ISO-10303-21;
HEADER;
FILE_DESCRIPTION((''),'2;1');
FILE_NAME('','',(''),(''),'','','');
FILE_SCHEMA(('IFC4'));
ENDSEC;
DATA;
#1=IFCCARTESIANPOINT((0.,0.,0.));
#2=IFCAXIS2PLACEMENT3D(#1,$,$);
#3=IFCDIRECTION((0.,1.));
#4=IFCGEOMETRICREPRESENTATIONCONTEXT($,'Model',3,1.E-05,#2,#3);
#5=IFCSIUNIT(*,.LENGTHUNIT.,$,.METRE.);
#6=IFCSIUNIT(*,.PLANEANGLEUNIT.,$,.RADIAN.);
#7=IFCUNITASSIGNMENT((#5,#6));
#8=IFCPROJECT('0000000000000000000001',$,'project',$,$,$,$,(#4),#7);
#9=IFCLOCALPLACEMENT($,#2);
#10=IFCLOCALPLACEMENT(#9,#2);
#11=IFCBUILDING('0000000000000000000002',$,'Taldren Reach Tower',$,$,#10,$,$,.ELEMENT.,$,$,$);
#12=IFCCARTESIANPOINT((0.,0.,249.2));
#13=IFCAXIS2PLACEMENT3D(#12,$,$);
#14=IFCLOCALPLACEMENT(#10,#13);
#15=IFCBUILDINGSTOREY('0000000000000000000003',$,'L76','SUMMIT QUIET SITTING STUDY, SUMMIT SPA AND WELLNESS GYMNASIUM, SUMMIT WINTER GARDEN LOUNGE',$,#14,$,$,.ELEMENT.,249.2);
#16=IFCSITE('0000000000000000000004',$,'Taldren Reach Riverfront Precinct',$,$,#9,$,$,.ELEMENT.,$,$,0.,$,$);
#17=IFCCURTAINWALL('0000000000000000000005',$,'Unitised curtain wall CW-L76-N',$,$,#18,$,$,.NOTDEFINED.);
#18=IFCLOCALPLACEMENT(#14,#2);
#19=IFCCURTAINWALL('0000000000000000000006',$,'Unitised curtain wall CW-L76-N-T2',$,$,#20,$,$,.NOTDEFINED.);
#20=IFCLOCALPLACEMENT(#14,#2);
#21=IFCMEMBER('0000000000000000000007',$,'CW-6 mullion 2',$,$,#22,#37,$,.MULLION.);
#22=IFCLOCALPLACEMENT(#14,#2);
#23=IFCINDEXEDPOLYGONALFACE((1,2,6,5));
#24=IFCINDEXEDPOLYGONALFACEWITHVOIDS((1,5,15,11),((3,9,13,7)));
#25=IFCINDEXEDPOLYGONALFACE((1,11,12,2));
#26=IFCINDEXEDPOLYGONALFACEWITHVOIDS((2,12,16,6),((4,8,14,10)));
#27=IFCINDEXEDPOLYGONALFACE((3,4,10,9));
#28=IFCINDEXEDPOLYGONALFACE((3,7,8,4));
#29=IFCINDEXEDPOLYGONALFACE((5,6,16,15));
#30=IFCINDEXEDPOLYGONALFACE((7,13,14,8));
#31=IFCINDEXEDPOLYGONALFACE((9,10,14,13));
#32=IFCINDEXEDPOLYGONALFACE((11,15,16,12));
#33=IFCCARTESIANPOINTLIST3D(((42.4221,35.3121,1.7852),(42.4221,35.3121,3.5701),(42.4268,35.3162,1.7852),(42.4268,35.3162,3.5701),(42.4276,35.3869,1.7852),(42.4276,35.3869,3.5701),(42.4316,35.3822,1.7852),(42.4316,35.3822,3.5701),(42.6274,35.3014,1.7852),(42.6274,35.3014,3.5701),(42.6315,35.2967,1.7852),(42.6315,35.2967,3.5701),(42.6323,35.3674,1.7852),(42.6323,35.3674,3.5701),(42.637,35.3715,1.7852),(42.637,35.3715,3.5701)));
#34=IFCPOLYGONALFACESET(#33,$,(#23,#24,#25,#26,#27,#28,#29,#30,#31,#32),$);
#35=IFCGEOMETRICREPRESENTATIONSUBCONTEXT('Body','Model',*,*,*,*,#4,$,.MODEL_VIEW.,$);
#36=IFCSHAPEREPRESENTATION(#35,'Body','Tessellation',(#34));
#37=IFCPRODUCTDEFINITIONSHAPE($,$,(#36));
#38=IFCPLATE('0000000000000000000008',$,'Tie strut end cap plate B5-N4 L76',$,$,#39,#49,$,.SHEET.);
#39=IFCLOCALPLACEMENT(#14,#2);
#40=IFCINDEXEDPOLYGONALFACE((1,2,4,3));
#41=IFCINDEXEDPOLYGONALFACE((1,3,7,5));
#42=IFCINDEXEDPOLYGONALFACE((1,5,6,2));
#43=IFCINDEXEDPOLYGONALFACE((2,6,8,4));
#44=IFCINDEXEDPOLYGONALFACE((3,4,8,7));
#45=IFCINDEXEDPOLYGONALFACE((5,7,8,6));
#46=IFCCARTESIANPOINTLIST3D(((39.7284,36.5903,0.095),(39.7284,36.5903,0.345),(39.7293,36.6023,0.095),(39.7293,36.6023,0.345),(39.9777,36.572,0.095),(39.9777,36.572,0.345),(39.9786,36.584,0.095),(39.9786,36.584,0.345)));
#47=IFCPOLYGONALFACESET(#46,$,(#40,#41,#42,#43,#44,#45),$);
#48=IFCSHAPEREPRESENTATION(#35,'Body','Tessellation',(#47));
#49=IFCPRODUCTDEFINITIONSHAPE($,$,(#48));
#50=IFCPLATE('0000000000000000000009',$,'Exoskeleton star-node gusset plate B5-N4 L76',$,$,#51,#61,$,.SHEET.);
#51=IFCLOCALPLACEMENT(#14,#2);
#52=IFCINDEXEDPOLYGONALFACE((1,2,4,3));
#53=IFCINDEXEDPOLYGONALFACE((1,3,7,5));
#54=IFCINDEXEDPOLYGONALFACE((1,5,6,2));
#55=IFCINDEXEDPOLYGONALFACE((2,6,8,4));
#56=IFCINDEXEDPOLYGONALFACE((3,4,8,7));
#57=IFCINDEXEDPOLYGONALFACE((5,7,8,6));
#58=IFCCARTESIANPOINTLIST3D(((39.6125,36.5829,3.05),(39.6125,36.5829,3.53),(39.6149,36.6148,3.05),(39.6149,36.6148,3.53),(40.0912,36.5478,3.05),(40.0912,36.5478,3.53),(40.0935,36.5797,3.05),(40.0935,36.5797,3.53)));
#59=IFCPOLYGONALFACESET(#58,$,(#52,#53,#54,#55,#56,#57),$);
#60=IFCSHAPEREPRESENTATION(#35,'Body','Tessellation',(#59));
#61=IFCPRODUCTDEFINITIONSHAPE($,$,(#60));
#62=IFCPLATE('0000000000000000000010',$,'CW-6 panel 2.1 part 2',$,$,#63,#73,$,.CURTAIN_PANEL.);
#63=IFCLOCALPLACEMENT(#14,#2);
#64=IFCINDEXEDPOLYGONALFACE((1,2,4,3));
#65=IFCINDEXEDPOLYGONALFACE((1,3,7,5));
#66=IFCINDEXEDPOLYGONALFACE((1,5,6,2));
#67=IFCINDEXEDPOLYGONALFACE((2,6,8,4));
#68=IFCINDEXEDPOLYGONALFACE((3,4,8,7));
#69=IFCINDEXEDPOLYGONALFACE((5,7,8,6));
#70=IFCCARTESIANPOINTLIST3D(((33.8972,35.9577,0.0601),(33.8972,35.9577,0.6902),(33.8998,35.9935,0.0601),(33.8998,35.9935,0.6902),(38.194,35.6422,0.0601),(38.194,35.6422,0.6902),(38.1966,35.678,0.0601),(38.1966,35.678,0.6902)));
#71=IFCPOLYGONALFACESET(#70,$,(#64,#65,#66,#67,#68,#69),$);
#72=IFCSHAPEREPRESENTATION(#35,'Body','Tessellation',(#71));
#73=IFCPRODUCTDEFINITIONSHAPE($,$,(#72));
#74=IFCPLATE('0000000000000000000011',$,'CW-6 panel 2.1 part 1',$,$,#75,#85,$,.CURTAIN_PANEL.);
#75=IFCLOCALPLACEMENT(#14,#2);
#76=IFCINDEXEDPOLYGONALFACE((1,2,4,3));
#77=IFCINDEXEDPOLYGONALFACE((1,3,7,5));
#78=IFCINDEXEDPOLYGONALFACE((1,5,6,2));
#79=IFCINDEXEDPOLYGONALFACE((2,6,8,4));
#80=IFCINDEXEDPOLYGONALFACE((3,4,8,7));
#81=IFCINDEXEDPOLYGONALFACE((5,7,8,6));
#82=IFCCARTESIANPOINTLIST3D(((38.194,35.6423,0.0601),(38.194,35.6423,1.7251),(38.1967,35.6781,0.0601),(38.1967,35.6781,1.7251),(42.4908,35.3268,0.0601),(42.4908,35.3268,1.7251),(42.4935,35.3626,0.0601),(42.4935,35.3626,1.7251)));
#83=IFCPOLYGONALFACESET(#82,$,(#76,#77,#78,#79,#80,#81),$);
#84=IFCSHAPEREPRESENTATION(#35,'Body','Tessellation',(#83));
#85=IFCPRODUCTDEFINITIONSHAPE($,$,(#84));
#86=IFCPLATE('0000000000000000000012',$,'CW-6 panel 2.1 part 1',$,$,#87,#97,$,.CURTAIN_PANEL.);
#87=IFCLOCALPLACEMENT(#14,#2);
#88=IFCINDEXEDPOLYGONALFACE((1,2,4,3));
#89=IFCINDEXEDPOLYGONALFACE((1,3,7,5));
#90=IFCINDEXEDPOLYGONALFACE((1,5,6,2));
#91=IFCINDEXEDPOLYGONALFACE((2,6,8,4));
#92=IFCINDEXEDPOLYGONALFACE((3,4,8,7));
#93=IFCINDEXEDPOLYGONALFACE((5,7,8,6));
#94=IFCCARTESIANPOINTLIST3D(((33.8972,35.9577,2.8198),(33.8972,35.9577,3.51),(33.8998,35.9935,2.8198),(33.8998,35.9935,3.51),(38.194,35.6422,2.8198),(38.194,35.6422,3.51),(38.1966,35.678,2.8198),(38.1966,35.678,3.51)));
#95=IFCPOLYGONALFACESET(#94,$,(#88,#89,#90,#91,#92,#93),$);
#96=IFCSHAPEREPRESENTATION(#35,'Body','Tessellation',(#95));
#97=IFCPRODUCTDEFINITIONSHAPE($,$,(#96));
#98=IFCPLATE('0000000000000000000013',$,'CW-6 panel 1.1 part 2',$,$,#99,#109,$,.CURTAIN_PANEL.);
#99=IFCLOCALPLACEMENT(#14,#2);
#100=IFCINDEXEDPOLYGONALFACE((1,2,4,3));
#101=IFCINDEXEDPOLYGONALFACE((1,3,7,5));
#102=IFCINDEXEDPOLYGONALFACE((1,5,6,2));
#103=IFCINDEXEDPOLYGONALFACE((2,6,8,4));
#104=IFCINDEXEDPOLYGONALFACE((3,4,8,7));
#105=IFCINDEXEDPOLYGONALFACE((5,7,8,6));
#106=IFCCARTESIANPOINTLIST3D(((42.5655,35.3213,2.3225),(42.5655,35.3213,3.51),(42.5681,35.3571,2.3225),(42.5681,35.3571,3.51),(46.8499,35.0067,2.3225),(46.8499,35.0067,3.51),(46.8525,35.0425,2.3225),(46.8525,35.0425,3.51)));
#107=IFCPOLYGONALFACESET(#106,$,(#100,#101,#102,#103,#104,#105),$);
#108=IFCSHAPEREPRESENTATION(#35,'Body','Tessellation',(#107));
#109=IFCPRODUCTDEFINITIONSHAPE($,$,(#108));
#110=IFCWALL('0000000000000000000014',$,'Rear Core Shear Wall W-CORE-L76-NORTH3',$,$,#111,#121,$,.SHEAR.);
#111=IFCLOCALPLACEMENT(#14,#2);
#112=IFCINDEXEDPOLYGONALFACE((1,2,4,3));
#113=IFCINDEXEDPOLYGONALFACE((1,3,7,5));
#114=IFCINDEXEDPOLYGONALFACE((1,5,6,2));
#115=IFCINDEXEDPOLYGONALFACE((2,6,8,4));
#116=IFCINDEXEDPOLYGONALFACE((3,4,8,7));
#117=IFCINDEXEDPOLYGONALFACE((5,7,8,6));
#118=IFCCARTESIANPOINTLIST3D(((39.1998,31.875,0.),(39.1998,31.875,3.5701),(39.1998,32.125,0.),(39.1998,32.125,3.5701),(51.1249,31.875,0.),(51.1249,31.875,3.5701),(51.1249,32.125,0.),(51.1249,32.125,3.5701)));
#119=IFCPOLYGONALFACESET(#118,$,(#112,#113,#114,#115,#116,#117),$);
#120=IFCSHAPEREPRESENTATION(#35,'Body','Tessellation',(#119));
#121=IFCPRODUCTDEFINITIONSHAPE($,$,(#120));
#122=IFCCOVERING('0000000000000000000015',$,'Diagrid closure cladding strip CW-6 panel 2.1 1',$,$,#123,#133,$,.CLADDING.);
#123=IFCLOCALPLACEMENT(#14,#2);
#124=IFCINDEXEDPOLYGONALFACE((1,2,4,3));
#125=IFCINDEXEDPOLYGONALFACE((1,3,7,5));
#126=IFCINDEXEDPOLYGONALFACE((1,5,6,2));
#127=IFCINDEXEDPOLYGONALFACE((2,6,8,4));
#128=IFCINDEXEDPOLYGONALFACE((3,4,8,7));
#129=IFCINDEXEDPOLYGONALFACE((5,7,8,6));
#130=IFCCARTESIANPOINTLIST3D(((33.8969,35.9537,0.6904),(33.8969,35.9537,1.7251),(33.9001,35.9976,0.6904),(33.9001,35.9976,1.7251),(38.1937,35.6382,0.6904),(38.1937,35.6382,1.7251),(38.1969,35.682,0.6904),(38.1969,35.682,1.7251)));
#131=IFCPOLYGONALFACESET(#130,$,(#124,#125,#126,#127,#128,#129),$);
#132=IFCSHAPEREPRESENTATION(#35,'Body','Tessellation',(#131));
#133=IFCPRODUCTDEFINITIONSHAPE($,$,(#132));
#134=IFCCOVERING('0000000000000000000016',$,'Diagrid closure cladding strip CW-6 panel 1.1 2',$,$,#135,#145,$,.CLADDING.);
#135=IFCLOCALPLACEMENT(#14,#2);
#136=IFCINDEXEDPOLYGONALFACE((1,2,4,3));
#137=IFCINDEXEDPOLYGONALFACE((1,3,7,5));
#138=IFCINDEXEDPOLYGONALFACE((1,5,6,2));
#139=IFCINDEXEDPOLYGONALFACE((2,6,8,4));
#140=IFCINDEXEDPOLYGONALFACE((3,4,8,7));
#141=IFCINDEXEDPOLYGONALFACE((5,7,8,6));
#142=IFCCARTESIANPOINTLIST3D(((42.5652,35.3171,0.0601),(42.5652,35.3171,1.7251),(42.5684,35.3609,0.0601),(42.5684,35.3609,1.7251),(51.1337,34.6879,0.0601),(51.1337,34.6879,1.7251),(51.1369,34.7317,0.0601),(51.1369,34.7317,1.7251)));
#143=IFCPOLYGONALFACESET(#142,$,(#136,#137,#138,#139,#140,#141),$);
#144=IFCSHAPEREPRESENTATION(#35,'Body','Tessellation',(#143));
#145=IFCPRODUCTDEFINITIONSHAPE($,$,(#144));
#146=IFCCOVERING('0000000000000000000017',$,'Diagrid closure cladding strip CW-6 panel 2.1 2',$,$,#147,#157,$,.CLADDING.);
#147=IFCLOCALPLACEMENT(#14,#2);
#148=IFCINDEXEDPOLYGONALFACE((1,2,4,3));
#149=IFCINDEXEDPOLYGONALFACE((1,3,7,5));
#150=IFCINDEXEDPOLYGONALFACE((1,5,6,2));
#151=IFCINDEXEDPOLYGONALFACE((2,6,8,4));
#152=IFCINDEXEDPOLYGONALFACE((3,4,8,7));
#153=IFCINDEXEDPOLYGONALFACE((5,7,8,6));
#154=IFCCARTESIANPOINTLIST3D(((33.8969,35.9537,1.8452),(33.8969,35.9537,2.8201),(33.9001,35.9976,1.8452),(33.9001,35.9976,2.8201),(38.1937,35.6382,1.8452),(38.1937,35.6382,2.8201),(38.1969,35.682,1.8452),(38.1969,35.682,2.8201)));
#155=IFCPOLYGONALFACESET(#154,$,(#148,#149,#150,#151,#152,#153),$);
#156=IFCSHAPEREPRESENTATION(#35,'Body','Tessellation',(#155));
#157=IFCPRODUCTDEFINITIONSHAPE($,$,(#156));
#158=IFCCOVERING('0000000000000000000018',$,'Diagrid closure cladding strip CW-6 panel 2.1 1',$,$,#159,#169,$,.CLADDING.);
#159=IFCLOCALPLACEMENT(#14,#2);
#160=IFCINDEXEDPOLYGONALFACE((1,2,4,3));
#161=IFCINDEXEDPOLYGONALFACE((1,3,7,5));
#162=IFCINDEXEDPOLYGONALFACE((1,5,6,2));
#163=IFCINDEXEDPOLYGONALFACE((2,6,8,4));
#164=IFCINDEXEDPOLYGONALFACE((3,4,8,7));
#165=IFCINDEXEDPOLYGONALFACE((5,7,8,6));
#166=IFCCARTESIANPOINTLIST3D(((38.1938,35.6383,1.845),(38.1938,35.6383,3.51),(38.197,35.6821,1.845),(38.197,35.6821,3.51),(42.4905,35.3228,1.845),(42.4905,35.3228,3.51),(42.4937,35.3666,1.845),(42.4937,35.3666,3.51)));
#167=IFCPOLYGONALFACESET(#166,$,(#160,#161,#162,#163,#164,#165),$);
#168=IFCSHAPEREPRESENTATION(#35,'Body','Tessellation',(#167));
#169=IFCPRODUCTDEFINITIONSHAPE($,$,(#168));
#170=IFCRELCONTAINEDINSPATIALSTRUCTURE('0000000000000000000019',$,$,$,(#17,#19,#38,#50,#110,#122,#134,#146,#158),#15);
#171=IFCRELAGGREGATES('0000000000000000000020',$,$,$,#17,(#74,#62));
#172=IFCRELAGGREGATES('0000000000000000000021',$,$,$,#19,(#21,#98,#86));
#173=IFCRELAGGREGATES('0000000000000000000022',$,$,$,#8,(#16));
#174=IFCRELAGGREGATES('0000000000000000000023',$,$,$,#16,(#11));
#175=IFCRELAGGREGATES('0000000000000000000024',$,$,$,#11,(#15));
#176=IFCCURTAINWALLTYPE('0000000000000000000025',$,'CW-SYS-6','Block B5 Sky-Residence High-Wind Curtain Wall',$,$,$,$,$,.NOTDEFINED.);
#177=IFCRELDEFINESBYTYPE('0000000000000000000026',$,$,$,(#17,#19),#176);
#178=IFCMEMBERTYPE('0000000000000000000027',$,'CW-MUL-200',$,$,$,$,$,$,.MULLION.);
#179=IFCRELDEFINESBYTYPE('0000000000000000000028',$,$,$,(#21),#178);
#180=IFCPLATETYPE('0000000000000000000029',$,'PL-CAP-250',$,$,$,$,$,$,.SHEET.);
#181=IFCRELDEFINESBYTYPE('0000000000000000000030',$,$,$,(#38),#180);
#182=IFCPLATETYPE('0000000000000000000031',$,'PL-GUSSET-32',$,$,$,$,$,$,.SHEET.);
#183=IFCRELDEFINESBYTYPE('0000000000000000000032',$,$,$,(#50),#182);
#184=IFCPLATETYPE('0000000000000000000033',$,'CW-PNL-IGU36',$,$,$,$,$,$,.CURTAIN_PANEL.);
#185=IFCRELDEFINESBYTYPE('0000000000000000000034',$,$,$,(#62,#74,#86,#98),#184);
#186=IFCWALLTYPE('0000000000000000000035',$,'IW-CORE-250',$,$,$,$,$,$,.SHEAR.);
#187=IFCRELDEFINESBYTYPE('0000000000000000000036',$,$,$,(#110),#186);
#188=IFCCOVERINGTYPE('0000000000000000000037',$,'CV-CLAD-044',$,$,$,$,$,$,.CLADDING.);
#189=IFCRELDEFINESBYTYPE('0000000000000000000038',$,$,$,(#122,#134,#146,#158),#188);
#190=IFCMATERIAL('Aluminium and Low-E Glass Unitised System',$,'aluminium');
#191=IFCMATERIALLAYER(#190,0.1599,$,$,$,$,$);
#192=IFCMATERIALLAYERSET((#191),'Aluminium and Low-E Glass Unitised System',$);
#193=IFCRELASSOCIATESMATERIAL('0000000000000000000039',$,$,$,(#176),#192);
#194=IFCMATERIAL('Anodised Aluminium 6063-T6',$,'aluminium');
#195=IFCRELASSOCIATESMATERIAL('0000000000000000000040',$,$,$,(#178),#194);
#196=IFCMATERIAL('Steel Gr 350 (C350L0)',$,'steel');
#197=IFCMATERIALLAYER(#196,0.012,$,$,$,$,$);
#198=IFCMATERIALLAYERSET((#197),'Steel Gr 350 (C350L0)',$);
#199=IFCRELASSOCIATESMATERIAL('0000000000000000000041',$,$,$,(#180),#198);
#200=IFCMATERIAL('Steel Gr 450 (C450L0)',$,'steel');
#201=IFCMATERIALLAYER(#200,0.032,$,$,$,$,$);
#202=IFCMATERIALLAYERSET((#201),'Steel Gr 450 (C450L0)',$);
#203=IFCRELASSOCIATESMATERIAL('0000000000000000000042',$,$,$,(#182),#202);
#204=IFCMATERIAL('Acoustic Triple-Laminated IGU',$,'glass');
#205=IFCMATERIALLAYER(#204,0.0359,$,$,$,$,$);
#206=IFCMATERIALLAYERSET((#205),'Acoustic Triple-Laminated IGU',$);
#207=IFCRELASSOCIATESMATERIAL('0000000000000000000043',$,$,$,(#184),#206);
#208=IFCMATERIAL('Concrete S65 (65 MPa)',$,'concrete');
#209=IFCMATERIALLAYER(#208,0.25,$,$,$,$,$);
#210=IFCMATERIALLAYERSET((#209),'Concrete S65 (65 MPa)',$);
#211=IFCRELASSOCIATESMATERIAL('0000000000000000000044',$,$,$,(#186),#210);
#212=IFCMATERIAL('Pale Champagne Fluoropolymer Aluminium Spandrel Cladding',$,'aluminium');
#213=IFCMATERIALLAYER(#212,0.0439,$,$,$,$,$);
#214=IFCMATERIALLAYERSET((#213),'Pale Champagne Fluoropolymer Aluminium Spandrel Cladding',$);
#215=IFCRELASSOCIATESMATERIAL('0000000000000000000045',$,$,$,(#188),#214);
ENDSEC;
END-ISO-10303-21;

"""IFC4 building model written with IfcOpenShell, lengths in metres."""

from ifc_helpers import new_model, si_unit, direction, frame, frame_2d, origin, origin_2d, place, context, subcontext, project, spatial, rectangle, hollow_rectangle, extrude, source, transform, mapped, material, layer, layer_set, material_profile, profile_set, type_object, element, aggregate, save


model = new_model("IFC4")

# Units and contexts
model_context = context("Model", 3, precision=1e-05, world=origin(), true_north=direction((0.0, 1.0)))
body_context = subcontext(model_context, "Body", "Model", "MODEL_VIEW")
ifc_project = project(units=[si_unit("LENGTHUNIT", "METRE"), si_unit("PLANEANGLEUNIT", "RADIAN")], contexts=[model_context])

# Site, building, storey
site_placement = place(None, origin())
site = spatial("IfcSite", under=ifc_project, at=site_placement, Name="Taldren Reach Riverfront Precinct", CompositionType="ELEMENT", RefElevation=0.0)
building_placement = place(site_placement, origin())
building = spatial("IfcBuilding", under=site, at=building_placement, Name="Taldren Reach Tower", CompositionType="ELEMENT")
storey_placement = place(building_placement, frame((0.0, 0.0, 249.2)))
storey = spatial("IfcBuildingStorey", under=building, at=storey_placement, Name="L76", Description="SUMMIT QUIET SITTING STUDY, SUMMIT SPA AND WELLNESS GYMNASIUM, SUMMIT WINTER GARDEN LOUNGE", CompositionType="ELEMENT", Elevation=249.2)

# Shared definitions
ifc_material_1 = material(Name="Steel Gr 350 (C350L0)", Category="steel")

# Shared definitions
ifc_material_2 = material(Name="Steel Gr 450 (C450L0)", Category="steel")

# Curtain walls
ifc_material_3 = material(Name="Aluminium and Low-E Glass Unitised System", Category="aluminium")
ifc_layer_1 = layer(ifc_material_3, 0.1599)
ifc_layer_set_1 = layer_set([ifc_layer_1], Name="Aluminium and Low-E Glass Unitised System")
curtain_wall_type = type_object("IfcCurtainWallType", Name="CW-SYS-6", Description="Block B5 Sky-Residence High-Wind Curtain Wall", PredefinedType="NOTDEFINED", material=ifc_layer_set_1)
curtain_wall_1_placement = place(storey_placement, origin())
curtain_wall_1 = element("IfcCurtainWall", 1, at=curtain_wall_1_placement, inside=storey, type_object=curtain_wall_type, Name="Unitised curtain wall CW-L76-N", PredefinedType="NOTDEFINED")
ifc_material_4 = material(Name="Anodised Aluminium 6063-T6", Category="aluminium")
curtain_wall_2_placement = place(storey_placement, origin())
curtain_wall_2 = element("IfcCurtainWall", 2, at=curtain_wall_2_placement, inside=storey, type_object=curtain_wall_type, Name="Unitised curtain wall CW-L76-N-T2", PredefinedType="NOTDEFINED")

# Member
ifc_material_profile_1 = material_profile(ifc_material_4, hollow_rectangle(XDim=0.075, YDim=0.21, WallThickness=0.0044, at=origin_2d()), Name="ALU-210x75x4.5RHS")
ifc_profile_set_1 = profile_set([ifc_material_profile_1], Name="Anodised Aluminium 6063-T6")
member_type_1 = type_object("IfcMemberType", Name="CW-MUL-200", PredefinedType="MULLION", material=ifc_profile_set_1)
shared_shape_1 = source(origin(), body_context, "Body", "SweptSolid", [
    extrude(hollow_rectangle(XDim=0.075, YDim=0.21, WallThickness=0.0044, at=origin_2d()), origin(), (0.0, 0.0, 1.0), 1.7849),
])
member_1_placement = place(storey_placement, frame((42.5295, 35.3418, 1.7852), z_axis=(0.0, 0.0, 1.0), x_axis=(-0.073238, -0.997314, 0.0)))
member_1 = element("IfcMember", 3, at=member_1_placement, type_object=member_type_1, Name="CW-6 mullion 2", PredefinedType="MULLION", context=body_context, shape_type="MappedRepresentation", body=[
    mapped(shared_shape_1, transform((0.0, 0.0, 0.0), scale=1.0)),
])

# Plates
ifc_layer_2 = layer(ifc_material_1, 0.012)
ifc_layer_set_2 = layer_set([ifc_layer_2], Name="Steel Gr 350 (C350L0)")
plate_type_1 = type_object("IfcPlateType", Name="PL-CAP-250", PredefinedType="SHEET", material=ifc_layer_set_2)
shared_shape_2 = source(origin(), body_context, "Body", "SweptSolid", [
    extrude(rectangle(XDim=0.25, YDim=0.012, at=origin_2d()), origin(), (0.0, 0.0, 1.0), 0.25),
])
plate_1_placement = place(storey_placement, frame((39.8535, 36.5872, 0.095), z_axis=(0.0, 0.0, 1.0), x_axis=(0.997314, -0.073238, 0.0)))
element("IfcPlate", 4, at=plate_1_placement, inside=storey, type_object=plate_type_1, Name="Tie strut end cap plate B5-N4 L76", PredefinedType="SHEET", context=body_context, shape_type="MappedRepresentation", body=[
    mapped(shared_shape_2, transform((0.0, 0.0, 0.0), scale=1.0)),
])
ifc_layer_3 = layer(ifc_material_2, 0.032)
ifc_layer_set_3 = layer_set([ifc_layer_3], Name="Steel Gr 450 (C450L0)")
plate_type_2 = type_object("IfcPlateType", Name="PL-GUSSET-32", PredefinedType="SHEET", material=ifc_layer_set_3)
shared_shape_3 = source(origin(), body_context, "Body", "SweptSolid", [
    extrude(rectangle(XDim=0.48, YDim=0.032, at=origin_2d()), origin(), (0.0, 0.0, 1.0), 0.48),
])
plate_2_placement = place(storey_placement, frame((39.853, 36.5813, 3.05), z_axis=(0.0, 0.0, 1.0), x_axis=(0.997314, -0.073238, 0.0)))
element("IfcPlate", 5, at=plate_2_placement, inside=storey, type_object=plate_type_2, Name="Exoskeleton star-node gusset plate B5-N4 L76", PredefinedType="SHEET", context=body_context, shape_type="MappedRepresentation", body=[
    mapped(shared_shape_3, transform((0.0, 0.0, 0.0), scale=1.0)),
])

# Plates
ifc_material_5 = material(Name="Acoustic Triple-Laminated IGU", Category="glass")
ifc_layer_4 = layer(ifc_material_5, 0.0359)
ifc_layer_set_4 = layer_set([ifc_layer_4], Name="Acoustic Triple-Laminated IGU")
plate_type_3 = type_object("IfcPlateType", Name="CW-PNL-IGU36", PredefinedType="CURTAIN_PANEL", material=ifc_layer_set_4)
shared_shape_4 = source(origin(), body_context, "Body", "SweptSolid", [
    extrude(rectangle(XDim=4.3083, YDim=0.0359, at=origin_2d()), origin(), (0.0, 0.0, 1.0), 0.6301),
])
plate_3_placement = place(storey_placement, frame((36.0469, 35.8179, 0.0601), z_axis=(0.0, 0.0, 1.0), x_axis=(-0.997314, 0.073238, 0.0)))
plate_3 = element("IfcPlate", 6, at=plate_3_placement, type_object=plate_type_3, Name="CW-6 panel 2.1 part 2", PredefinedType="CURTAIN_PANEL", context=body_context, shape_type="MappedRepresentation", body=[
    mapped(shared_shape_4, transform((0.0, 0.0, 0.0), scale=1.0)),
])
shared_shape_5 = source(origin(), body_context, "Body", "SweptSolid", [
    extrude(rectangle(XDim=4.3083, YDim=0.0359, at=origin_2d()), origin(), (0.0, 0.0, 1.0), 1.665),
])
plate_4_placement = place(storey_placement, frame((40.3438, 35.5024, 0.0601), z_axis=(0.0, 0.0, 1.0), x_axis=(-0.997314, 0.073238, 0.0)))
plate_4 = element("IfcPlate", 7, at=plate_4_placement, type_object=plate_type_3, Name="CW-6 panel 2.1 part 1", PredefinedType="CURTAIN_PANEL", context=body_context, shape_type="MappedRepresentation", body=[
    mapped(shared_shape_5, transform((0.0, 0.0, 0.0), scale=1.0)),
])
aggregate(curtain_wall_1, [plate_4, plate_3])
shared_shape_6 = source(origin(), body_context, "Body", "SweptSolid", [
    extrude(rectangle(XDim=4.3083, YDim=0.0359, at=origin_2d()), origin(), (0.0, 0.0, 1.0), 0.6902),
])
plate_5_placement = place(storey_placement, frame((36.0469, 35.8179, 2.8198), z_axis=(0.0, 0.0, 1.0), x_axis=(-0.997314, 0.073238, 0.0)))
plate_5 = element("IfcPlate", 8, at=plate_5_placement, type_object=plate_type_3, Name="CW-6 panel 2.1 part 1", PredefinedType="CURTAIN_PANEL", context=body_context, shape_type="MappedRepresentation", body=[
    mapped(shared_shape_6, transform((0.0, 0.0, 0.0), scale=1.0)),
])
shared_shape_7 = source(origin(), body_context, "Body", "SweptSolid", [
    extrude(rectangle(XDim=4.2959, YDim=0.0359, at=origin_2d()), origin(), (0.0, 0.0, 1.0), 1.1875),
])
plate_6_placement = place(storey_placement, frame((44.709, 35.1819, 2.3225), z_axis=(0.0, 0.0, 1.0), x_axis=(-0.997314, 0.073238, 0.0)))
plate_6 = element("IfcPlate", 9, at=plate_6_placement, type_object=plate_type_3, Name="CW-6 panel 1.1 part 2", PredefinedType="CURTAIN_PANEL", context=body_context, shape_type="MappedRepresentation", body=[
    mapped(shared_shape_7, transform((0.0, 0.0, 0.0), scale=1.0)),
])
aggregate(curtain_wall_2, [member_1, plate_6, plate_5])

# Wall
ifc_material_6 = material(Name="Concrete S65 (65 MPa)", Category="concrete")
ifc_layer_5 = layer(ifc_material_6, 0.25)
ifc_layer_set_5 = layer_set([ifc_layer_5], Name="Concrete S65 (65 MPa)")
wall_type = type_object("IfcWallType", Name="IW-CORE-250", PredefinedType="SHEAR", material=ifc_layer_set_5)
shared_shape_8 = source(origin(), body_context, "Body", "SweptSolid", [
    extrude(rectangle(XDim=11.925, YDim=0.25, at=frame_2d((5.9624, 0.0))), origin(), (0.0, 0.0, 1.0), 3.5701),
])
wall_placement = place(storey_placement, frame((39.2, 32.0, 0.0), z_axis=(0.0, 0.0, 1.0), x_axis=(1.0, 0.0, 0.0)))
element("IfcWall", 10, at=wall_placement, inside=storey, type_object=wall_type, Name="Rear Core Shear Wall W-CORE-L76-NORTH3", PredefinedType="SHEAR", context=body_context, shape_type="MappedRepresentation", body=[
    mapped(shared_shape_8, transform((0.0, 0.0, 0.0), scale=1.0)),
])

# Coverings
ifc_material_7 = material(Name="Pale Champagne Fluoropolymer Aluminium Spandrel Cladding", Category="aluminium")
ifc_layer_6 = layer(ifc_material_7, 0.0439)
ifc_layer_set_6 = layer_set([ifc_layer_6], Name="Pale Champagne Fluoropolymer Aluminium Spandrel Cladding")
covering_type = type_object("IfcCoveringType", Name="CV-CLAD-044", PredefinedType="CLADDING", material=ifc_layer_set_6)
shared_shape_9 = source(origin(), body_context, "Body", "SweptSolid", [
    extrude(rectangle(XDim=4.3083, YDim=0.0439, at=origin_2d()), origin(), (0.0, 0.0, 1.0), 1.0347),
])
covering_1_placement = place(storey_placement, frame((36.0469, 35.8179, 0.6904), z_axis=(0.0, 0.0, 1.0), x_axis=(-0.997314, 0.073238, 0.0)))
element("IfcCovering", 11, at=covering_1_placement, inside=storey, type_object=covering_type, Name="Diagrid closure cladding strip CW-6 panel 2.1 1", PredefinedType="CLADDING", context=body_context, shape_type="MappedRepresentation", body=[
    mapped(shared_shape_9, transform((0.0, 0.0, 0.0), scale=1.0)),
])
shared_shape_10 = source(origin(), body_context, "Body", "SweptSolid", [
    extrude(rectangle(XDim=8.5916, YDim=0.0439, at=origin_2d()), origin(), (0.0, 0.0, 1.0), 1.665),
])
covering_2_placement = place(storey_placement, frame((46.8511, 35.0244, 0.0601), z_axis=(0.0, 0.0, 1.0), x_axis=(-0.997314, 0.073238, 0.0)))
element("IfcCovering", 12, at=covering_2_placement, inside=storey, type_object=covering_type, Name="Diagrid closure cladding strip CW-6 panel 1.1 2", PredefinedType="CLADDING", context=body_context, shape_type="MappedRepresentation", body=[
    mapped(shared_shape_10, transform((0.0, 0.0, 0.0), scale=1.0)),
])
shared_shape_11 = source(origin(), body_context, "Body", "SweptSolid", [
    extrude(rectangle(XDim=4.3083, YDim=0.0439, at=origin_2d()), origin(), (0.0, 0.0, 1.0), 0.9749),
])
covering_3_placement = place(storey_placement, frame((36.0469, 35.8179, 1.8452), z_axis=(0.0, 0.0, 1.0), x_axis=(-0.997314, 0.073238, 0.0)))
element("IfcCovering", 13, at=covering_3_placement, inside=storey, type_object=covering_type, Name="Diagrid closure cladding strip CW-6 panel 2.1 2", PredefinedType="CLADDING", context=body_context, shape_type="MappedRepresentation", body=[
    mapped(shared_shape_11, transform((0.0, 0.0, 0.0), scale=1.0)),
])
shared_shape_12 = source(origin(), body_context, "Body", "SweptSolid", [
    extrude(rectangle(XDim=4.3083, YDim=0.0439, at=origin_2d()), origin(), (0.0, 0.0, 1.0), 1.665),
])
covering_4_placement = place(storey_placement, frame((40.3438, 35.5024, 1.845), z_axis=(0.0, 0.0, 1.0), x_axis=(-0.997314, 0.073238, 0.0)))
element("IfcCovering", 14, at=covering_4_placement, inside=storey, type_object=covering_type, Name="Diagrid closure cladding strip CW-6 panel 2.1 1", PredefinedType="CLADDING", context=body_context, shape_type="MappedRepresentation", body=[
    mapped(shared_shape_12, transform((0.0, 0.0, 0.0), scale=1.0)),
])

save(model, "model.ifc")
